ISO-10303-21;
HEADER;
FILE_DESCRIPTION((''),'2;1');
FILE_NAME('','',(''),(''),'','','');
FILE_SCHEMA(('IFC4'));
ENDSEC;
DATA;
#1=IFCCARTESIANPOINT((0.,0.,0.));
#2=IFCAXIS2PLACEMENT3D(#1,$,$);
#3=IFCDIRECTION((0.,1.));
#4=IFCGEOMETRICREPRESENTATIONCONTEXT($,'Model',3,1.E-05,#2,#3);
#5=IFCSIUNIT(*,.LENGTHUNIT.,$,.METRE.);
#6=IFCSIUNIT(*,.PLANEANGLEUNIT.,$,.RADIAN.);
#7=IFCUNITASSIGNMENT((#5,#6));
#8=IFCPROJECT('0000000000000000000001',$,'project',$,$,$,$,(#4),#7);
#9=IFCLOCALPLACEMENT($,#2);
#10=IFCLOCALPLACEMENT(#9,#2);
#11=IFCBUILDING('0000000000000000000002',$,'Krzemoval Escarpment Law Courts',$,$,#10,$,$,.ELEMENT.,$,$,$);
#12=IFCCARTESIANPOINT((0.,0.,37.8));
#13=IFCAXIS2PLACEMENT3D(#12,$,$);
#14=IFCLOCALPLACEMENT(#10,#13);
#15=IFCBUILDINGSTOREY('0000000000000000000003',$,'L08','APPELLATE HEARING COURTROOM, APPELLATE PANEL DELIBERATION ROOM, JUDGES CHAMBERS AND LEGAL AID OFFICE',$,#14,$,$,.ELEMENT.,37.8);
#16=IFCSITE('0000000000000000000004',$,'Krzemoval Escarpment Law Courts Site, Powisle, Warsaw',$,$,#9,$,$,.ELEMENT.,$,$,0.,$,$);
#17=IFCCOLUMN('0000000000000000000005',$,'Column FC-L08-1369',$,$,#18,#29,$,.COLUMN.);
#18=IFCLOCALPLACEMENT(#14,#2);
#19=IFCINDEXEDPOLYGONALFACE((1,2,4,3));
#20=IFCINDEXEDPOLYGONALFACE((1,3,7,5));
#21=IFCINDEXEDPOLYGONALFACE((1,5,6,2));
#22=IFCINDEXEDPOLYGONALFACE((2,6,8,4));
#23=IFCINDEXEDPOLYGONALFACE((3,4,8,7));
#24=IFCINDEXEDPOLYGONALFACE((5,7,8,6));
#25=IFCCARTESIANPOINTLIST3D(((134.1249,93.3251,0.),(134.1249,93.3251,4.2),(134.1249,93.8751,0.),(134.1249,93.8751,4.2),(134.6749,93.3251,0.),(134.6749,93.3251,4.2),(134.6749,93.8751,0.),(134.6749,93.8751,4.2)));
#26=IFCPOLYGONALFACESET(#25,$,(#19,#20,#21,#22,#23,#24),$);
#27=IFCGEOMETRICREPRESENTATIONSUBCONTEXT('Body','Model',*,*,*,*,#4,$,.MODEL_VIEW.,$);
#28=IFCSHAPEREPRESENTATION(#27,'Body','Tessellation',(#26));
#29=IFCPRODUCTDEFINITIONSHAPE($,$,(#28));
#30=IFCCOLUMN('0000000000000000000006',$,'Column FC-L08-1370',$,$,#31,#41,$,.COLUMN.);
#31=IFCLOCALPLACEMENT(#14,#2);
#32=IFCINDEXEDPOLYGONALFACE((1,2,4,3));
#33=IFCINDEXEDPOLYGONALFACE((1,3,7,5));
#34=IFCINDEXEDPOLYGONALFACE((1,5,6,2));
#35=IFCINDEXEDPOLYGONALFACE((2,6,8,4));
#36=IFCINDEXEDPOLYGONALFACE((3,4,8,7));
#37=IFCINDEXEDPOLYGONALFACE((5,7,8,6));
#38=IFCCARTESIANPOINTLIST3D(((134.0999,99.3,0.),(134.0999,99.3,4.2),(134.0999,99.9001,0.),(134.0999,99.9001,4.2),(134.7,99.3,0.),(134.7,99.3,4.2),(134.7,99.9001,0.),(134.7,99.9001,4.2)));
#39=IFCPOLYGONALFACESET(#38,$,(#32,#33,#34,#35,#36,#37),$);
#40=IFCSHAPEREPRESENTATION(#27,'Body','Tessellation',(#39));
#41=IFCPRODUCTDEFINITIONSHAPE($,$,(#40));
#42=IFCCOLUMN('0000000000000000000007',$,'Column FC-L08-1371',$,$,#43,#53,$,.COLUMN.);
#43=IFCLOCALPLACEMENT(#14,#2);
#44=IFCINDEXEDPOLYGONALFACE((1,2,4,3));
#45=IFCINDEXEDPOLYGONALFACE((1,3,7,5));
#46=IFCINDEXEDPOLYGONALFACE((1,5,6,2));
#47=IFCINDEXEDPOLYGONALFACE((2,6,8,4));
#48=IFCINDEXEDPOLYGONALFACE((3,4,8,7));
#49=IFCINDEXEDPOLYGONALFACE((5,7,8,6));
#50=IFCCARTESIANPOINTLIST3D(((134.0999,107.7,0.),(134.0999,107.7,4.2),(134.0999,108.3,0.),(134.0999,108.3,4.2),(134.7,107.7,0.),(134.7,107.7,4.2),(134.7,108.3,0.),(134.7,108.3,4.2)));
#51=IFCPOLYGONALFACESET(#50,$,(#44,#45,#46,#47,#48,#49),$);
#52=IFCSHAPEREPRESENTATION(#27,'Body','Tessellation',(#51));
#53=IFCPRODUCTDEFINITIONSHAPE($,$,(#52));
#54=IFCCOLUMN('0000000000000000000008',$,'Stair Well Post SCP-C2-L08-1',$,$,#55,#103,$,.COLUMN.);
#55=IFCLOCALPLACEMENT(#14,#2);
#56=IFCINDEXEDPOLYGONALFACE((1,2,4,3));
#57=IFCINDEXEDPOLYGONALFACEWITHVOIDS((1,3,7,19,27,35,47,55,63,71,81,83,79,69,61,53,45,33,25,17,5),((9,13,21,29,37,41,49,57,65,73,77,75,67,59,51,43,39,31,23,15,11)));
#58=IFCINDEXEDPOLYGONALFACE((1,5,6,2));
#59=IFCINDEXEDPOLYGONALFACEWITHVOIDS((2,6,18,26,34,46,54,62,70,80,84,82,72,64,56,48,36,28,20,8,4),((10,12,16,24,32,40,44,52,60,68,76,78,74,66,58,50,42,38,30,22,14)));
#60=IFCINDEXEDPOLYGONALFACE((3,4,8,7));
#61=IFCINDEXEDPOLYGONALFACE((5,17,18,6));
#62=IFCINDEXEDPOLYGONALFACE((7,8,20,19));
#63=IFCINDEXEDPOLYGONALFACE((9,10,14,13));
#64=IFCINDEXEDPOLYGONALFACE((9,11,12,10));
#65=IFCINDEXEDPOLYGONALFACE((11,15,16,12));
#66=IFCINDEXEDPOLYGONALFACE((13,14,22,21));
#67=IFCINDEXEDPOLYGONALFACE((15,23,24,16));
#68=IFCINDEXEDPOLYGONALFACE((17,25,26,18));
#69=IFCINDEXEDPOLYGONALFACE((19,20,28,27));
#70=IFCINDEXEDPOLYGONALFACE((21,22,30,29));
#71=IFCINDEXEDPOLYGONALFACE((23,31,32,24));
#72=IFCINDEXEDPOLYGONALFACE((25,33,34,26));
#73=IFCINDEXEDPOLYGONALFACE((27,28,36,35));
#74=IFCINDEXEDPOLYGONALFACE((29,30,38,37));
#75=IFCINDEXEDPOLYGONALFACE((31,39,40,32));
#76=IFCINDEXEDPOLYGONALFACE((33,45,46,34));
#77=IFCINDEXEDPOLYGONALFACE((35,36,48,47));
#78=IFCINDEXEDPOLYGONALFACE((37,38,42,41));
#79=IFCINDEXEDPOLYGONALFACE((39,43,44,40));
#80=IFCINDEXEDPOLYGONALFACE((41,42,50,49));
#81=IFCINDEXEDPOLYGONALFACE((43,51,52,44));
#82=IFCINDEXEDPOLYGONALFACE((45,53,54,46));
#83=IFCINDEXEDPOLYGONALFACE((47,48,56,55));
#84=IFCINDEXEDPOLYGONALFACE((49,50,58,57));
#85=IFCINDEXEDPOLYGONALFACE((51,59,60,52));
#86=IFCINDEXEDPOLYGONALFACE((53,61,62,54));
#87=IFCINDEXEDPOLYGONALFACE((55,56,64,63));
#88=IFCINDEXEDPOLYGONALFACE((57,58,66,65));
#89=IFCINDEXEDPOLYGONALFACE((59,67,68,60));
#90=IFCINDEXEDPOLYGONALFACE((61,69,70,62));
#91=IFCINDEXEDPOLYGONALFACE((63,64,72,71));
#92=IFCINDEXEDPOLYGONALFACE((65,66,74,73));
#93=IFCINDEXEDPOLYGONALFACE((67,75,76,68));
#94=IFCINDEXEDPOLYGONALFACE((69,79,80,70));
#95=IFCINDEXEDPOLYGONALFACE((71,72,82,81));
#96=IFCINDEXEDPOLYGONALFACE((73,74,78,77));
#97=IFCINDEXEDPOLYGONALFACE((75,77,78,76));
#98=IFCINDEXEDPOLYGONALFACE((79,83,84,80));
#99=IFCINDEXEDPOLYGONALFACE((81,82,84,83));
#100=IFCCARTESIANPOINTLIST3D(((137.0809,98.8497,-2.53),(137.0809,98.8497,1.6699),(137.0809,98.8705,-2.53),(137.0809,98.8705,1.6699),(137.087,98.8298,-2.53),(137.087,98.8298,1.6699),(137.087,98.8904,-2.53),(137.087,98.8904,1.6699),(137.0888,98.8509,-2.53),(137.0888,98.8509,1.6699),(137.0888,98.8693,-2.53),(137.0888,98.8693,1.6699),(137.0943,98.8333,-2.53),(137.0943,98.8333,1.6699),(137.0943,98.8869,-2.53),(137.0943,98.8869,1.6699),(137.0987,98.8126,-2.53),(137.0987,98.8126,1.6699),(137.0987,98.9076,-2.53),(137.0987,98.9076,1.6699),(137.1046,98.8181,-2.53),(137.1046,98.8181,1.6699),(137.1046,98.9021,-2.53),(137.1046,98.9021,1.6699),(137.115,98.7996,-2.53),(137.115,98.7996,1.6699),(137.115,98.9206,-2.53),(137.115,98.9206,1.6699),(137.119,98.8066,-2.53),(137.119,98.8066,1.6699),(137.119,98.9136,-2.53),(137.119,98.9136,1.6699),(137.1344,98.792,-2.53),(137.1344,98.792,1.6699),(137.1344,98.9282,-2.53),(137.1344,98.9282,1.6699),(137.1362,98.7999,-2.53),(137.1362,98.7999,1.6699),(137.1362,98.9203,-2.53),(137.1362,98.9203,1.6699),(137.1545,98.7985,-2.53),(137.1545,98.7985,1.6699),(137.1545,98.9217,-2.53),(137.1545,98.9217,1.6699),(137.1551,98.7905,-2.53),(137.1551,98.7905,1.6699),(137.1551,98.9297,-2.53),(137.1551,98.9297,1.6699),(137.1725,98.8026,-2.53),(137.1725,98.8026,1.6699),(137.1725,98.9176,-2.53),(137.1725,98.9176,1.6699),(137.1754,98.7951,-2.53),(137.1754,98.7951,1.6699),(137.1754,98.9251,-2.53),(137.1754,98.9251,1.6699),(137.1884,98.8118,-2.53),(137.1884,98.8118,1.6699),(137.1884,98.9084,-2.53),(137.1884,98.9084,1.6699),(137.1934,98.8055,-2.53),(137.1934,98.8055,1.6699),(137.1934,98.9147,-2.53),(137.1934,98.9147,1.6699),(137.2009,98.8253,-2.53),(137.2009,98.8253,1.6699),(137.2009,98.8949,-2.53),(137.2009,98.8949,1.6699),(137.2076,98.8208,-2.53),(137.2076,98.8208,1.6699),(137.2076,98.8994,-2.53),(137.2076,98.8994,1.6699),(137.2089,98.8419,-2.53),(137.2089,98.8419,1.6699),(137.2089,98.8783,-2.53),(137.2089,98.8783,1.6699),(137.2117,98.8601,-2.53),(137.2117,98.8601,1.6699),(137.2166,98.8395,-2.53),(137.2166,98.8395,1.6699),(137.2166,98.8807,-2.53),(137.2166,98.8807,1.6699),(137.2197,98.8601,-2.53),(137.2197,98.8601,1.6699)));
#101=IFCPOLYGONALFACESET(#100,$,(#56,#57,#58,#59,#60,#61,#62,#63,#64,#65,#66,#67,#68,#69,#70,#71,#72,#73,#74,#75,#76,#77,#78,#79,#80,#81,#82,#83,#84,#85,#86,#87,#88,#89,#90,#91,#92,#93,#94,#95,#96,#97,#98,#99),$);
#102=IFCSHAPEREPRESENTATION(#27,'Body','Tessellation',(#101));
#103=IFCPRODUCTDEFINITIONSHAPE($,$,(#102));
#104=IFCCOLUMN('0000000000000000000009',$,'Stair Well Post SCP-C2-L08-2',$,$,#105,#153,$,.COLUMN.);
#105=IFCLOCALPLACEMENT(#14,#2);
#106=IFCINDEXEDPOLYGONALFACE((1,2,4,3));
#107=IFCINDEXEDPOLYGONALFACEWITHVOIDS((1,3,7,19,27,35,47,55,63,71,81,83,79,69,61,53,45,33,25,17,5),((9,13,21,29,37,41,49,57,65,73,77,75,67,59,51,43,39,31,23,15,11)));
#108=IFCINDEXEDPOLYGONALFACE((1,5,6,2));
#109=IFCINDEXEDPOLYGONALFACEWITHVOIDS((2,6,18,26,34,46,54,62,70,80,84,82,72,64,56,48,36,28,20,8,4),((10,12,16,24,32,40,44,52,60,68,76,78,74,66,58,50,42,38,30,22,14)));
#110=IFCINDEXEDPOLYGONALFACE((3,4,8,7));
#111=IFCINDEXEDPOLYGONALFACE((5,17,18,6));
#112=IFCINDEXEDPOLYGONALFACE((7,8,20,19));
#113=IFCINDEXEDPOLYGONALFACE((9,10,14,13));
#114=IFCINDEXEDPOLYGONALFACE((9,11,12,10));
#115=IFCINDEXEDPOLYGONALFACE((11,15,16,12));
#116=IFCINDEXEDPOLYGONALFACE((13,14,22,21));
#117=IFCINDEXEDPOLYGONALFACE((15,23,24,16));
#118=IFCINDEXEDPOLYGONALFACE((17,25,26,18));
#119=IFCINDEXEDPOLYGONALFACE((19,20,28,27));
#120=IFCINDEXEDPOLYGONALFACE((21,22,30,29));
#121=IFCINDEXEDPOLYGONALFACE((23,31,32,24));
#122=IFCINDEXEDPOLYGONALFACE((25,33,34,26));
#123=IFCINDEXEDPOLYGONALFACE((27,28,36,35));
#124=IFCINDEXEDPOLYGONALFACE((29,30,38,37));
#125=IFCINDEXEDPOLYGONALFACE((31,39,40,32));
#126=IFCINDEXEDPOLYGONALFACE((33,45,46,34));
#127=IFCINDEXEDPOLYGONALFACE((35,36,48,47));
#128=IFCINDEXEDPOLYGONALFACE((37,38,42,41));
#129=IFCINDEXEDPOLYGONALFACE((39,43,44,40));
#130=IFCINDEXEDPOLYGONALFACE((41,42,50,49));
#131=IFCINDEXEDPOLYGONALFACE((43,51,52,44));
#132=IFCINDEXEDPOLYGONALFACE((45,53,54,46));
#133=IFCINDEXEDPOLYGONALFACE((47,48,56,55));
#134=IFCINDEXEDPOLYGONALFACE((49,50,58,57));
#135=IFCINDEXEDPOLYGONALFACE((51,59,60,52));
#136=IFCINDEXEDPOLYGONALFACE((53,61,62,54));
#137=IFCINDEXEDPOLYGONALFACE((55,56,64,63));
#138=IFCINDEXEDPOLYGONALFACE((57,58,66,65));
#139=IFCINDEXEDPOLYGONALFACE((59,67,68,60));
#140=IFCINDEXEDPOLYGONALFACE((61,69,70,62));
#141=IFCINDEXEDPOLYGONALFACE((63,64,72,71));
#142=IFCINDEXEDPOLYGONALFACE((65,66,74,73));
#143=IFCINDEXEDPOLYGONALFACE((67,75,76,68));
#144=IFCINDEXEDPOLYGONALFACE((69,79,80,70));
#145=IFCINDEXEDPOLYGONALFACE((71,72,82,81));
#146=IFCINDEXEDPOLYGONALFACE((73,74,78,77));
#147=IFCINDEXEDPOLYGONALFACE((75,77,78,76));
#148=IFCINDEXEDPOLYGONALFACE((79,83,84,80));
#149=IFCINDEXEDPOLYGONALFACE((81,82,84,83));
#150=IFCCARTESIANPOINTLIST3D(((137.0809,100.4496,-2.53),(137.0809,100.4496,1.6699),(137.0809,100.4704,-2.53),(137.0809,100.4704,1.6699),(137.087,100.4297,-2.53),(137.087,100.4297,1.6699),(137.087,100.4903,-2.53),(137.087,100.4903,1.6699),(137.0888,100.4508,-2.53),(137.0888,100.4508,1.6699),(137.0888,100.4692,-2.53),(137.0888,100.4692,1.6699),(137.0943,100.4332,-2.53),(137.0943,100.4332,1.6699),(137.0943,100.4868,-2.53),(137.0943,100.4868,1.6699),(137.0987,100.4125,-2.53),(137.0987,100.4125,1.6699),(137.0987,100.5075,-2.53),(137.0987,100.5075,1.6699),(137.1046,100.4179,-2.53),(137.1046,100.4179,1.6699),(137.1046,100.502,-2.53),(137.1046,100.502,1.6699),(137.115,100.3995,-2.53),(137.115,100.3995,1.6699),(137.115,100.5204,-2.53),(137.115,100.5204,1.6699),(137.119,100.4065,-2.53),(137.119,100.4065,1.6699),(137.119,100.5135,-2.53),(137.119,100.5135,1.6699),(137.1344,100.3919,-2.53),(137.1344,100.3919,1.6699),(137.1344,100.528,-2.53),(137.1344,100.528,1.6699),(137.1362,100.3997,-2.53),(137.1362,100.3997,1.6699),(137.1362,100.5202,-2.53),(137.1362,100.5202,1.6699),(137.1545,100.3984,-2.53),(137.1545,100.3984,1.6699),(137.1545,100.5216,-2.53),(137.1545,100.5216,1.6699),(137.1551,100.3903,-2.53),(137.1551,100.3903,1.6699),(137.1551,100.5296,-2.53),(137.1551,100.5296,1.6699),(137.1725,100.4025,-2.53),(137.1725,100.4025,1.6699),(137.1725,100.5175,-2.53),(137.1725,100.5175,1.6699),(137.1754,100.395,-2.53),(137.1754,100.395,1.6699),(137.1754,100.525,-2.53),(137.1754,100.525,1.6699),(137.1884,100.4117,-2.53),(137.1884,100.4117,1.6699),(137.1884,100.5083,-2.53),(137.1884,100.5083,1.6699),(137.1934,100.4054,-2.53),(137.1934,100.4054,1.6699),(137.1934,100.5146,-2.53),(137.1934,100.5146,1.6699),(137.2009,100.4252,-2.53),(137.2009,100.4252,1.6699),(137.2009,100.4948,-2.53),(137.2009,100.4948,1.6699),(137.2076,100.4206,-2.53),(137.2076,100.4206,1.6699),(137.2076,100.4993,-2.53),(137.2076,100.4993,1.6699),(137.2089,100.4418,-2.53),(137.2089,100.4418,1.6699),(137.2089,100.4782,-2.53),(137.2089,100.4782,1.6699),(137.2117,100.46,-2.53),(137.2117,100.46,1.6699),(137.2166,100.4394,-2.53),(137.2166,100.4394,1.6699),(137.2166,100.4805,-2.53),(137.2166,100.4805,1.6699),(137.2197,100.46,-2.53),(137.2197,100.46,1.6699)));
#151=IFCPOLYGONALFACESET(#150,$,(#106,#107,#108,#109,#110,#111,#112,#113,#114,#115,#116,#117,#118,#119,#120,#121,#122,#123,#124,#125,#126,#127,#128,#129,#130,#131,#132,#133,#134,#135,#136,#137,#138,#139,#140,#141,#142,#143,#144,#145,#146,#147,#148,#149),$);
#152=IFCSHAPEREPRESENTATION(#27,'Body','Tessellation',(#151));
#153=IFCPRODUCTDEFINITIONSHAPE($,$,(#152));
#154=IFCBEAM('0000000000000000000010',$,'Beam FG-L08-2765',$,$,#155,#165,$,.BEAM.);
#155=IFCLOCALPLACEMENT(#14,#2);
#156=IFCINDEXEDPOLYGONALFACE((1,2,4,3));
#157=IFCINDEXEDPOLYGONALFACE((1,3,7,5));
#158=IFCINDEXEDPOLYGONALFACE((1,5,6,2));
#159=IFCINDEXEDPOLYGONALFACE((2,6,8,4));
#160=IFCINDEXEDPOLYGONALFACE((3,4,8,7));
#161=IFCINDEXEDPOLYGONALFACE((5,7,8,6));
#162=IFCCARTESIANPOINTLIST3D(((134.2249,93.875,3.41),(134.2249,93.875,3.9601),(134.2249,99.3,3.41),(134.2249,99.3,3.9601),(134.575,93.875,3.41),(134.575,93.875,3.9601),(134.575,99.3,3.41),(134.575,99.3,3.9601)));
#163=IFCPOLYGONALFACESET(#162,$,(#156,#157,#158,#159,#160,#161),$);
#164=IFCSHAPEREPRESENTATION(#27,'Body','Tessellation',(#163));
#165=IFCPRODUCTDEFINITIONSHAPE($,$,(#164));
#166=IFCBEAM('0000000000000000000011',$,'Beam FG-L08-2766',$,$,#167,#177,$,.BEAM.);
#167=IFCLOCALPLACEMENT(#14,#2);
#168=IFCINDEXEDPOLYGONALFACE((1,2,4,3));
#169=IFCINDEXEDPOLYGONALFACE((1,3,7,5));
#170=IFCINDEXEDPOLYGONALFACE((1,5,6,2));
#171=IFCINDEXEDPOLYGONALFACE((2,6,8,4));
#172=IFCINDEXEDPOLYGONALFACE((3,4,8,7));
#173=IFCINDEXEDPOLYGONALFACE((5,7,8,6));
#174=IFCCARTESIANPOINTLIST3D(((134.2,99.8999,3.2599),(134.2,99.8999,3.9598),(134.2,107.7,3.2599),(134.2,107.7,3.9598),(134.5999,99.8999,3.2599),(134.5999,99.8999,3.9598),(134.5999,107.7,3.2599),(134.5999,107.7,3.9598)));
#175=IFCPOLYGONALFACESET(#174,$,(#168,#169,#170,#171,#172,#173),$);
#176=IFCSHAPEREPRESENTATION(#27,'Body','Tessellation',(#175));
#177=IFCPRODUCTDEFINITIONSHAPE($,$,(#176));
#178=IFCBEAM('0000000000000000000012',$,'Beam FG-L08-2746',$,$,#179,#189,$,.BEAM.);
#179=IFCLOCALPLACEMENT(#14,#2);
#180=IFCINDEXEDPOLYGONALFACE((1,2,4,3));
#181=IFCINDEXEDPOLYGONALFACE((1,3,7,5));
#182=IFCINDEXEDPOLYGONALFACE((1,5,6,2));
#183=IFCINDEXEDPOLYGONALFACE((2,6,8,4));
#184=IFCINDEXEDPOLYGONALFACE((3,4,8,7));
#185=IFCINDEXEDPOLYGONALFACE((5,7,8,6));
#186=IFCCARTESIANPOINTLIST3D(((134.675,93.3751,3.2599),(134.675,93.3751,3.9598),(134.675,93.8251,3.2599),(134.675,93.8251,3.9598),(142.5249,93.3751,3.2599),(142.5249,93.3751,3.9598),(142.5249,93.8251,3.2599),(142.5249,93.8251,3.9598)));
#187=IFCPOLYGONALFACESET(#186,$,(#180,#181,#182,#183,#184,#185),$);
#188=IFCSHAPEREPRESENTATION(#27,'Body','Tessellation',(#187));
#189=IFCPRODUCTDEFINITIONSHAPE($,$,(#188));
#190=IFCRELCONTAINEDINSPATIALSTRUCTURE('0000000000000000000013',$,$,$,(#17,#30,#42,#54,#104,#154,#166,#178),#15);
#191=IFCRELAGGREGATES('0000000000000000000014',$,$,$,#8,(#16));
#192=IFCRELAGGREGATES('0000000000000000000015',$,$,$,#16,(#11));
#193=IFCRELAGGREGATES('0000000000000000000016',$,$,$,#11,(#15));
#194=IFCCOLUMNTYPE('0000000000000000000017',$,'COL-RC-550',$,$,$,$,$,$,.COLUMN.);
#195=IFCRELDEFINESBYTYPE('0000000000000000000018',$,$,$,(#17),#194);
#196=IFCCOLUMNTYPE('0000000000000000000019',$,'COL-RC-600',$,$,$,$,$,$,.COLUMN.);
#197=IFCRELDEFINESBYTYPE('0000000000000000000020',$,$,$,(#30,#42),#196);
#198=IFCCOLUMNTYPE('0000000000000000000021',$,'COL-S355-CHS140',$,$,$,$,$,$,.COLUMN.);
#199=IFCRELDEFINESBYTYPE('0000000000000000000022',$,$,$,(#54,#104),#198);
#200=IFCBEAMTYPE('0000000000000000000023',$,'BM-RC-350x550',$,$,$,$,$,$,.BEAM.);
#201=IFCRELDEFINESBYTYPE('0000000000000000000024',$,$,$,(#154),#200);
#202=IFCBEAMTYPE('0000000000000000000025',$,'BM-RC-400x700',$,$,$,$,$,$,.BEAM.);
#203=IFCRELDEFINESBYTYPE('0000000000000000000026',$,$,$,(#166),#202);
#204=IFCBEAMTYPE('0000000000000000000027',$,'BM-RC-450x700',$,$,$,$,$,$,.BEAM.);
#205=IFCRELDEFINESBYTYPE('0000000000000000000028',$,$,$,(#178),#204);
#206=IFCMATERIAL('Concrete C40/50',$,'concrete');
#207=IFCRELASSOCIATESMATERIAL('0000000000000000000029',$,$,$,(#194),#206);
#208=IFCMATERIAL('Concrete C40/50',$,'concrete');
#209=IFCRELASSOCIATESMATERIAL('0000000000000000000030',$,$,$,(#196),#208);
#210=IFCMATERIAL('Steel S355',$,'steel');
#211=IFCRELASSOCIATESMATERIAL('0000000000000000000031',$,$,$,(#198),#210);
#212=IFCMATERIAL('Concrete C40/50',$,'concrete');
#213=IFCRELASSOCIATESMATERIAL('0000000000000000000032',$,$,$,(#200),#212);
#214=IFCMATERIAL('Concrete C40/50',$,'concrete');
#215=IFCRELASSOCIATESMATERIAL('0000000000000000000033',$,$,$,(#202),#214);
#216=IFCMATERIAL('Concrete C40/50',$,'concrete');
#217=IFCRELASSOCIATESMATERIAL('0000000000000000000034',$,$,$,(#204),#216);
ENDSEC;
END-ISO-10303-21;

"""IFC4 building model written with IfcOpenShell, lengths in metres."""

from ifc_helpers import new_model, si_unit, direction, frame, origin, origin_2d, place, context, subcontext, project, spatial, rectangle, hollow_circle, extrude, material, material_profile, profile_set, type_object, element, save


model = new_model("IFC4")

# Units and contexts
model_context = context("Model", 3, precision=1e-05, world=origin(), true_north=direction((0.0, 1.0)))
body_context = subcontext(model_context, "Body", "Model", "MODEL_VIEW")
ifc_project = project(units=[si_unit("LENGTHUNIT", "METRE"), si_unit("PLANEANGLEUNIT", "RADIAN")], contexts=[model_context])

# Site, building, storey
site_placement = place(None, origin())
site = spatial("IfcSite", under=ifc_project, at=site_placement, Name="Krzemoval Escarpment Law Courts Site, Powisle, Warsaw", CompositionType="ELEMENT", RefElevation=0.0)
building_placement = place(site_placement, origin())
building = spatial("IfcBuilding", under=site, at=building_placement, Name="Krzemoval Escarpment Law Courts", CompositionType="ELEMENT")
storey_placement = place(building_placement, frame((0.0, 0.0, 37.8)))
storey = spatial("IfcBuildingStorey", under=building, at=storey_placement, Name="L08", Description="APPELLATE HEARING COURTROOM, APPELLATE PANEL DELIBERATION ROOM, JUDGES CHAMBERS AND LEGAL AID OFFICE", CompositionType="ELEMENT", Elevation=37.8)

# Columns
ifc_material_1 = material(Name="Concrete C40/50", Category="concrete")
ifc_material_profile_1 = material_profile(ifc_material_1, rectangle(XDim=0.55, YDim=0.55, at=origin_2d()), Name="RC 550x550")
ifc_profile_set_1 = profile_set([ifc_material_profile_1], Name="Concrete C40/50")
column_type_1 = type_object("IfcColumnType", Name="COL-RC-550", PredefinedType="COLUMN", material=ifc_profile_set_1)
column_placement = place(storey_placement, frame((134.3999, 93.6001, 0.0), z_axis=(0.0, 0.0, 1.0), x_axis=(1.0, 0.0, 0.0)))
element("IfcColumn", 1, at=column_placement, inside=storey, type_object=column_type_1, Name="Column FC-L08-1369", PredefinedType="COLUMN", context=body_context, shape_type="SweptSolid", body=[
    extrude(rectangle(XDim=0.55, YDim=0.55, at=origin_2d()), origin(), (0.0, 0.0, 1.0), 4.2),
])
ifc_material_2 = material(Name="Concrete C40/50", Category="concrete")
ifc_material_profile_2 = material_profile(ifc_material_2, rectangle(XDim=0.6001, YDim=0.6001, at=origin_2d()), Name="RC 600x600")
ifc_profile_set_2 = profile_set([ifc_material_profile_2], Name="Concrete C40/50")
column_type_2 = type_object("IfcColumnType", Name="COL-RC-600", PredefinedType="COLUMN", material=ifc_profile_set_2)
for number, where, z_axis, x_axis, name in (
    (2, (134.3999, 99.6001, 0.0), (0.0, 0.0, 1.0), (1.0, 0.0, 0.0), "Column FC-L08-1370"),
    (3, (134.3999, 108.0, 0.0), (0.0, 0.0, 1.0), (1.0, 0.0, 0.0), "Column FC-L08-1371"),
):
    element("IfcColumn", number, at=place(storey_placement, frame(where, z_axis=z_axis, x_axis=x_axis)), inside=storey, type_object=column_type_2, Name=name, PredefinedType="COLUMN", context=body_context, shape_type="SweptSolid", body=[
        extrude(rectangle(XDim=0.6001, YDim=0.6001, at=origin_2d()), origin(), (0.0, 0.0, 1.0), 4.2),
    ])
ifc_material_3 = material(Name="Steel S355", Category="steel")
ifc_material_profile_3 = material_profile(ifc_material_3, hollow_circle(Radius=0.0698, WallThickness=0.0081, at=origin_2d()), Name="CHS 139.7x8")
ifc_profile_set_3 = profile_set([ifc_material_profile_3], Name="Steel S355")
column_type_3 = type_object("IfcColumnType", Name="COL-S355-CHS140", PredefinedType="COLUMN", material=ifc_profile_set_3)
for number, where, z_axis, x_axis, name in (
    (4, (137.1499, 98.8601, -2.53), (0.0, 0.0, 1.0), (1.0, 0.0, 0.0), "Stair Well Post SCP-C2-L08-1"),
    (5, (137.1499, 100.46, -2.53), (0.0, 0.0, 1.0), (1.0, 0.0, 0.0), "Stair Well Post SCP-C2-L08-2"),
):
    element("IfcColumn", number, at=place(storey_placement, frame(where, z_axis=z_axis, x_axis=x_axis)), inside=storey, type_object=column_type_3, Name=name, PredefinedType="COLUMN", context=body_context, shape_type="SweptSolid", body=[
        extrude(hollow_circle(Radius=0.0698, WallThickness=0.0081, at=origin_2d()), origin(), (0.0, 0.0, 1.0), 4.2),
    ])

# Beams
ifc_material_4 = material(Name="Concrete C40/50", Category="concrete")
ifc_material_profile_4 = material_profile(ifc_material_4, rectangle(XDim=0.3501, YDim=0.55, at=origin_2d()), Name="RCB 350x550")
ifc_profile_set_4 = profile_set([ifc_material_profile_4], Name="Concrete C40/50")
beam_type_1 = type_object("IfcBeamType", Name="BM-RC-350x550", PredefinedType="BEAM", material=ifc_profile_set_4)
beam_1_placement = place(storey_placement, frame((134.3999, 93.875, 3.6851), z_axis=(0.0, 1.0, 0.0), x_axis=(-1.0, 0.0, 0.0)))
element("IfcBeam", 6, at=beam_1_placement, inside=storey, type_object=beam_type_1, Name="Beam FG-L08-2765", PredefinedType="BEAM", context=body_context, shape_type="SweptSolid", body=[
    extrude(rectangle(XDim=0.3501, YDim=0.55, at=origin_2d()), origin(), (0.0, 0.0, 1.0), 5.425),
])
ifc_material_5 = material(Name="Concrete C40/50", Category="concrete")
ifc_material_profile_5 = material_profile(ifc_material_5, rectangle(XDim=0.3999, YDim=0.7, at=origin_2d()), Name="RCB 400x700")
ifc_profile_set_5 = profile_set([ifc_material_profile_5], Name="Concrete C40/50")
beam_type_2 = type_object("IfcBeamType", Name="BM-RC-400x700", PredefinedType="BEAM", material=ifc_profile_set_5)
beam_2_placement = place(storey_placement, frame((134.3999, 99.8999, 3.6099), z_axis=(0.0, 1.0, 0.0), x_axis=(-1.0, 0.0, 0.0)))
element("IfcBeam", 7, at=beam_2_placement, inside=storey, type_object=beam_type_2, Name="Beam FG-L08-2766", PredefinedType="BEAM", context=body_context, shape_type="SweptSolid", body=[
    extrude(rectangle(XDim=0.3999, YDim=0.7, at=origin_2d()), origin(), (0.0, 0.0, 1.0), 7.8),
])
ifc_material_6 = material(Name="Concrete C40/50", Category="concrete")
ifc_material_profile_6 = material_profile(ifc_material_6, rectangle(XDim=0.45, YDim=0.7, at=origin_2d()), Name="RCB 450x700")
ifc_profile_set_6 = profile_set([ifc_material_profile_6], Name="Concrete C40/50")
beam_type_3 = type_object("IfcBeamType", Name="BM-RC-450x700", PredefinedType="BEAM", material=ifc_profile_set_6)
beam_3_placement = place(storey_placement, frame((134.675, 93.6001, 3.6099), z_axis=(1.0, 0.0, 0.0), x_axis=(0.0, 1.0, 0.0)))
element("IfcBeam", 8, at=beam_3_placement, inside=storey, type_object=beam_type_3, Name="Beam FG-L08-2746", PredefinedType="BEAM", context=body_context, shape_type="SweptSolid", body=[
    extrude(rectangle(XDim=0.45, YDim=0.7, at=origin_2d()), origin(), (0.0, 0.0, 1.0), 7.8499),
])

save(model, "model.ifc")
